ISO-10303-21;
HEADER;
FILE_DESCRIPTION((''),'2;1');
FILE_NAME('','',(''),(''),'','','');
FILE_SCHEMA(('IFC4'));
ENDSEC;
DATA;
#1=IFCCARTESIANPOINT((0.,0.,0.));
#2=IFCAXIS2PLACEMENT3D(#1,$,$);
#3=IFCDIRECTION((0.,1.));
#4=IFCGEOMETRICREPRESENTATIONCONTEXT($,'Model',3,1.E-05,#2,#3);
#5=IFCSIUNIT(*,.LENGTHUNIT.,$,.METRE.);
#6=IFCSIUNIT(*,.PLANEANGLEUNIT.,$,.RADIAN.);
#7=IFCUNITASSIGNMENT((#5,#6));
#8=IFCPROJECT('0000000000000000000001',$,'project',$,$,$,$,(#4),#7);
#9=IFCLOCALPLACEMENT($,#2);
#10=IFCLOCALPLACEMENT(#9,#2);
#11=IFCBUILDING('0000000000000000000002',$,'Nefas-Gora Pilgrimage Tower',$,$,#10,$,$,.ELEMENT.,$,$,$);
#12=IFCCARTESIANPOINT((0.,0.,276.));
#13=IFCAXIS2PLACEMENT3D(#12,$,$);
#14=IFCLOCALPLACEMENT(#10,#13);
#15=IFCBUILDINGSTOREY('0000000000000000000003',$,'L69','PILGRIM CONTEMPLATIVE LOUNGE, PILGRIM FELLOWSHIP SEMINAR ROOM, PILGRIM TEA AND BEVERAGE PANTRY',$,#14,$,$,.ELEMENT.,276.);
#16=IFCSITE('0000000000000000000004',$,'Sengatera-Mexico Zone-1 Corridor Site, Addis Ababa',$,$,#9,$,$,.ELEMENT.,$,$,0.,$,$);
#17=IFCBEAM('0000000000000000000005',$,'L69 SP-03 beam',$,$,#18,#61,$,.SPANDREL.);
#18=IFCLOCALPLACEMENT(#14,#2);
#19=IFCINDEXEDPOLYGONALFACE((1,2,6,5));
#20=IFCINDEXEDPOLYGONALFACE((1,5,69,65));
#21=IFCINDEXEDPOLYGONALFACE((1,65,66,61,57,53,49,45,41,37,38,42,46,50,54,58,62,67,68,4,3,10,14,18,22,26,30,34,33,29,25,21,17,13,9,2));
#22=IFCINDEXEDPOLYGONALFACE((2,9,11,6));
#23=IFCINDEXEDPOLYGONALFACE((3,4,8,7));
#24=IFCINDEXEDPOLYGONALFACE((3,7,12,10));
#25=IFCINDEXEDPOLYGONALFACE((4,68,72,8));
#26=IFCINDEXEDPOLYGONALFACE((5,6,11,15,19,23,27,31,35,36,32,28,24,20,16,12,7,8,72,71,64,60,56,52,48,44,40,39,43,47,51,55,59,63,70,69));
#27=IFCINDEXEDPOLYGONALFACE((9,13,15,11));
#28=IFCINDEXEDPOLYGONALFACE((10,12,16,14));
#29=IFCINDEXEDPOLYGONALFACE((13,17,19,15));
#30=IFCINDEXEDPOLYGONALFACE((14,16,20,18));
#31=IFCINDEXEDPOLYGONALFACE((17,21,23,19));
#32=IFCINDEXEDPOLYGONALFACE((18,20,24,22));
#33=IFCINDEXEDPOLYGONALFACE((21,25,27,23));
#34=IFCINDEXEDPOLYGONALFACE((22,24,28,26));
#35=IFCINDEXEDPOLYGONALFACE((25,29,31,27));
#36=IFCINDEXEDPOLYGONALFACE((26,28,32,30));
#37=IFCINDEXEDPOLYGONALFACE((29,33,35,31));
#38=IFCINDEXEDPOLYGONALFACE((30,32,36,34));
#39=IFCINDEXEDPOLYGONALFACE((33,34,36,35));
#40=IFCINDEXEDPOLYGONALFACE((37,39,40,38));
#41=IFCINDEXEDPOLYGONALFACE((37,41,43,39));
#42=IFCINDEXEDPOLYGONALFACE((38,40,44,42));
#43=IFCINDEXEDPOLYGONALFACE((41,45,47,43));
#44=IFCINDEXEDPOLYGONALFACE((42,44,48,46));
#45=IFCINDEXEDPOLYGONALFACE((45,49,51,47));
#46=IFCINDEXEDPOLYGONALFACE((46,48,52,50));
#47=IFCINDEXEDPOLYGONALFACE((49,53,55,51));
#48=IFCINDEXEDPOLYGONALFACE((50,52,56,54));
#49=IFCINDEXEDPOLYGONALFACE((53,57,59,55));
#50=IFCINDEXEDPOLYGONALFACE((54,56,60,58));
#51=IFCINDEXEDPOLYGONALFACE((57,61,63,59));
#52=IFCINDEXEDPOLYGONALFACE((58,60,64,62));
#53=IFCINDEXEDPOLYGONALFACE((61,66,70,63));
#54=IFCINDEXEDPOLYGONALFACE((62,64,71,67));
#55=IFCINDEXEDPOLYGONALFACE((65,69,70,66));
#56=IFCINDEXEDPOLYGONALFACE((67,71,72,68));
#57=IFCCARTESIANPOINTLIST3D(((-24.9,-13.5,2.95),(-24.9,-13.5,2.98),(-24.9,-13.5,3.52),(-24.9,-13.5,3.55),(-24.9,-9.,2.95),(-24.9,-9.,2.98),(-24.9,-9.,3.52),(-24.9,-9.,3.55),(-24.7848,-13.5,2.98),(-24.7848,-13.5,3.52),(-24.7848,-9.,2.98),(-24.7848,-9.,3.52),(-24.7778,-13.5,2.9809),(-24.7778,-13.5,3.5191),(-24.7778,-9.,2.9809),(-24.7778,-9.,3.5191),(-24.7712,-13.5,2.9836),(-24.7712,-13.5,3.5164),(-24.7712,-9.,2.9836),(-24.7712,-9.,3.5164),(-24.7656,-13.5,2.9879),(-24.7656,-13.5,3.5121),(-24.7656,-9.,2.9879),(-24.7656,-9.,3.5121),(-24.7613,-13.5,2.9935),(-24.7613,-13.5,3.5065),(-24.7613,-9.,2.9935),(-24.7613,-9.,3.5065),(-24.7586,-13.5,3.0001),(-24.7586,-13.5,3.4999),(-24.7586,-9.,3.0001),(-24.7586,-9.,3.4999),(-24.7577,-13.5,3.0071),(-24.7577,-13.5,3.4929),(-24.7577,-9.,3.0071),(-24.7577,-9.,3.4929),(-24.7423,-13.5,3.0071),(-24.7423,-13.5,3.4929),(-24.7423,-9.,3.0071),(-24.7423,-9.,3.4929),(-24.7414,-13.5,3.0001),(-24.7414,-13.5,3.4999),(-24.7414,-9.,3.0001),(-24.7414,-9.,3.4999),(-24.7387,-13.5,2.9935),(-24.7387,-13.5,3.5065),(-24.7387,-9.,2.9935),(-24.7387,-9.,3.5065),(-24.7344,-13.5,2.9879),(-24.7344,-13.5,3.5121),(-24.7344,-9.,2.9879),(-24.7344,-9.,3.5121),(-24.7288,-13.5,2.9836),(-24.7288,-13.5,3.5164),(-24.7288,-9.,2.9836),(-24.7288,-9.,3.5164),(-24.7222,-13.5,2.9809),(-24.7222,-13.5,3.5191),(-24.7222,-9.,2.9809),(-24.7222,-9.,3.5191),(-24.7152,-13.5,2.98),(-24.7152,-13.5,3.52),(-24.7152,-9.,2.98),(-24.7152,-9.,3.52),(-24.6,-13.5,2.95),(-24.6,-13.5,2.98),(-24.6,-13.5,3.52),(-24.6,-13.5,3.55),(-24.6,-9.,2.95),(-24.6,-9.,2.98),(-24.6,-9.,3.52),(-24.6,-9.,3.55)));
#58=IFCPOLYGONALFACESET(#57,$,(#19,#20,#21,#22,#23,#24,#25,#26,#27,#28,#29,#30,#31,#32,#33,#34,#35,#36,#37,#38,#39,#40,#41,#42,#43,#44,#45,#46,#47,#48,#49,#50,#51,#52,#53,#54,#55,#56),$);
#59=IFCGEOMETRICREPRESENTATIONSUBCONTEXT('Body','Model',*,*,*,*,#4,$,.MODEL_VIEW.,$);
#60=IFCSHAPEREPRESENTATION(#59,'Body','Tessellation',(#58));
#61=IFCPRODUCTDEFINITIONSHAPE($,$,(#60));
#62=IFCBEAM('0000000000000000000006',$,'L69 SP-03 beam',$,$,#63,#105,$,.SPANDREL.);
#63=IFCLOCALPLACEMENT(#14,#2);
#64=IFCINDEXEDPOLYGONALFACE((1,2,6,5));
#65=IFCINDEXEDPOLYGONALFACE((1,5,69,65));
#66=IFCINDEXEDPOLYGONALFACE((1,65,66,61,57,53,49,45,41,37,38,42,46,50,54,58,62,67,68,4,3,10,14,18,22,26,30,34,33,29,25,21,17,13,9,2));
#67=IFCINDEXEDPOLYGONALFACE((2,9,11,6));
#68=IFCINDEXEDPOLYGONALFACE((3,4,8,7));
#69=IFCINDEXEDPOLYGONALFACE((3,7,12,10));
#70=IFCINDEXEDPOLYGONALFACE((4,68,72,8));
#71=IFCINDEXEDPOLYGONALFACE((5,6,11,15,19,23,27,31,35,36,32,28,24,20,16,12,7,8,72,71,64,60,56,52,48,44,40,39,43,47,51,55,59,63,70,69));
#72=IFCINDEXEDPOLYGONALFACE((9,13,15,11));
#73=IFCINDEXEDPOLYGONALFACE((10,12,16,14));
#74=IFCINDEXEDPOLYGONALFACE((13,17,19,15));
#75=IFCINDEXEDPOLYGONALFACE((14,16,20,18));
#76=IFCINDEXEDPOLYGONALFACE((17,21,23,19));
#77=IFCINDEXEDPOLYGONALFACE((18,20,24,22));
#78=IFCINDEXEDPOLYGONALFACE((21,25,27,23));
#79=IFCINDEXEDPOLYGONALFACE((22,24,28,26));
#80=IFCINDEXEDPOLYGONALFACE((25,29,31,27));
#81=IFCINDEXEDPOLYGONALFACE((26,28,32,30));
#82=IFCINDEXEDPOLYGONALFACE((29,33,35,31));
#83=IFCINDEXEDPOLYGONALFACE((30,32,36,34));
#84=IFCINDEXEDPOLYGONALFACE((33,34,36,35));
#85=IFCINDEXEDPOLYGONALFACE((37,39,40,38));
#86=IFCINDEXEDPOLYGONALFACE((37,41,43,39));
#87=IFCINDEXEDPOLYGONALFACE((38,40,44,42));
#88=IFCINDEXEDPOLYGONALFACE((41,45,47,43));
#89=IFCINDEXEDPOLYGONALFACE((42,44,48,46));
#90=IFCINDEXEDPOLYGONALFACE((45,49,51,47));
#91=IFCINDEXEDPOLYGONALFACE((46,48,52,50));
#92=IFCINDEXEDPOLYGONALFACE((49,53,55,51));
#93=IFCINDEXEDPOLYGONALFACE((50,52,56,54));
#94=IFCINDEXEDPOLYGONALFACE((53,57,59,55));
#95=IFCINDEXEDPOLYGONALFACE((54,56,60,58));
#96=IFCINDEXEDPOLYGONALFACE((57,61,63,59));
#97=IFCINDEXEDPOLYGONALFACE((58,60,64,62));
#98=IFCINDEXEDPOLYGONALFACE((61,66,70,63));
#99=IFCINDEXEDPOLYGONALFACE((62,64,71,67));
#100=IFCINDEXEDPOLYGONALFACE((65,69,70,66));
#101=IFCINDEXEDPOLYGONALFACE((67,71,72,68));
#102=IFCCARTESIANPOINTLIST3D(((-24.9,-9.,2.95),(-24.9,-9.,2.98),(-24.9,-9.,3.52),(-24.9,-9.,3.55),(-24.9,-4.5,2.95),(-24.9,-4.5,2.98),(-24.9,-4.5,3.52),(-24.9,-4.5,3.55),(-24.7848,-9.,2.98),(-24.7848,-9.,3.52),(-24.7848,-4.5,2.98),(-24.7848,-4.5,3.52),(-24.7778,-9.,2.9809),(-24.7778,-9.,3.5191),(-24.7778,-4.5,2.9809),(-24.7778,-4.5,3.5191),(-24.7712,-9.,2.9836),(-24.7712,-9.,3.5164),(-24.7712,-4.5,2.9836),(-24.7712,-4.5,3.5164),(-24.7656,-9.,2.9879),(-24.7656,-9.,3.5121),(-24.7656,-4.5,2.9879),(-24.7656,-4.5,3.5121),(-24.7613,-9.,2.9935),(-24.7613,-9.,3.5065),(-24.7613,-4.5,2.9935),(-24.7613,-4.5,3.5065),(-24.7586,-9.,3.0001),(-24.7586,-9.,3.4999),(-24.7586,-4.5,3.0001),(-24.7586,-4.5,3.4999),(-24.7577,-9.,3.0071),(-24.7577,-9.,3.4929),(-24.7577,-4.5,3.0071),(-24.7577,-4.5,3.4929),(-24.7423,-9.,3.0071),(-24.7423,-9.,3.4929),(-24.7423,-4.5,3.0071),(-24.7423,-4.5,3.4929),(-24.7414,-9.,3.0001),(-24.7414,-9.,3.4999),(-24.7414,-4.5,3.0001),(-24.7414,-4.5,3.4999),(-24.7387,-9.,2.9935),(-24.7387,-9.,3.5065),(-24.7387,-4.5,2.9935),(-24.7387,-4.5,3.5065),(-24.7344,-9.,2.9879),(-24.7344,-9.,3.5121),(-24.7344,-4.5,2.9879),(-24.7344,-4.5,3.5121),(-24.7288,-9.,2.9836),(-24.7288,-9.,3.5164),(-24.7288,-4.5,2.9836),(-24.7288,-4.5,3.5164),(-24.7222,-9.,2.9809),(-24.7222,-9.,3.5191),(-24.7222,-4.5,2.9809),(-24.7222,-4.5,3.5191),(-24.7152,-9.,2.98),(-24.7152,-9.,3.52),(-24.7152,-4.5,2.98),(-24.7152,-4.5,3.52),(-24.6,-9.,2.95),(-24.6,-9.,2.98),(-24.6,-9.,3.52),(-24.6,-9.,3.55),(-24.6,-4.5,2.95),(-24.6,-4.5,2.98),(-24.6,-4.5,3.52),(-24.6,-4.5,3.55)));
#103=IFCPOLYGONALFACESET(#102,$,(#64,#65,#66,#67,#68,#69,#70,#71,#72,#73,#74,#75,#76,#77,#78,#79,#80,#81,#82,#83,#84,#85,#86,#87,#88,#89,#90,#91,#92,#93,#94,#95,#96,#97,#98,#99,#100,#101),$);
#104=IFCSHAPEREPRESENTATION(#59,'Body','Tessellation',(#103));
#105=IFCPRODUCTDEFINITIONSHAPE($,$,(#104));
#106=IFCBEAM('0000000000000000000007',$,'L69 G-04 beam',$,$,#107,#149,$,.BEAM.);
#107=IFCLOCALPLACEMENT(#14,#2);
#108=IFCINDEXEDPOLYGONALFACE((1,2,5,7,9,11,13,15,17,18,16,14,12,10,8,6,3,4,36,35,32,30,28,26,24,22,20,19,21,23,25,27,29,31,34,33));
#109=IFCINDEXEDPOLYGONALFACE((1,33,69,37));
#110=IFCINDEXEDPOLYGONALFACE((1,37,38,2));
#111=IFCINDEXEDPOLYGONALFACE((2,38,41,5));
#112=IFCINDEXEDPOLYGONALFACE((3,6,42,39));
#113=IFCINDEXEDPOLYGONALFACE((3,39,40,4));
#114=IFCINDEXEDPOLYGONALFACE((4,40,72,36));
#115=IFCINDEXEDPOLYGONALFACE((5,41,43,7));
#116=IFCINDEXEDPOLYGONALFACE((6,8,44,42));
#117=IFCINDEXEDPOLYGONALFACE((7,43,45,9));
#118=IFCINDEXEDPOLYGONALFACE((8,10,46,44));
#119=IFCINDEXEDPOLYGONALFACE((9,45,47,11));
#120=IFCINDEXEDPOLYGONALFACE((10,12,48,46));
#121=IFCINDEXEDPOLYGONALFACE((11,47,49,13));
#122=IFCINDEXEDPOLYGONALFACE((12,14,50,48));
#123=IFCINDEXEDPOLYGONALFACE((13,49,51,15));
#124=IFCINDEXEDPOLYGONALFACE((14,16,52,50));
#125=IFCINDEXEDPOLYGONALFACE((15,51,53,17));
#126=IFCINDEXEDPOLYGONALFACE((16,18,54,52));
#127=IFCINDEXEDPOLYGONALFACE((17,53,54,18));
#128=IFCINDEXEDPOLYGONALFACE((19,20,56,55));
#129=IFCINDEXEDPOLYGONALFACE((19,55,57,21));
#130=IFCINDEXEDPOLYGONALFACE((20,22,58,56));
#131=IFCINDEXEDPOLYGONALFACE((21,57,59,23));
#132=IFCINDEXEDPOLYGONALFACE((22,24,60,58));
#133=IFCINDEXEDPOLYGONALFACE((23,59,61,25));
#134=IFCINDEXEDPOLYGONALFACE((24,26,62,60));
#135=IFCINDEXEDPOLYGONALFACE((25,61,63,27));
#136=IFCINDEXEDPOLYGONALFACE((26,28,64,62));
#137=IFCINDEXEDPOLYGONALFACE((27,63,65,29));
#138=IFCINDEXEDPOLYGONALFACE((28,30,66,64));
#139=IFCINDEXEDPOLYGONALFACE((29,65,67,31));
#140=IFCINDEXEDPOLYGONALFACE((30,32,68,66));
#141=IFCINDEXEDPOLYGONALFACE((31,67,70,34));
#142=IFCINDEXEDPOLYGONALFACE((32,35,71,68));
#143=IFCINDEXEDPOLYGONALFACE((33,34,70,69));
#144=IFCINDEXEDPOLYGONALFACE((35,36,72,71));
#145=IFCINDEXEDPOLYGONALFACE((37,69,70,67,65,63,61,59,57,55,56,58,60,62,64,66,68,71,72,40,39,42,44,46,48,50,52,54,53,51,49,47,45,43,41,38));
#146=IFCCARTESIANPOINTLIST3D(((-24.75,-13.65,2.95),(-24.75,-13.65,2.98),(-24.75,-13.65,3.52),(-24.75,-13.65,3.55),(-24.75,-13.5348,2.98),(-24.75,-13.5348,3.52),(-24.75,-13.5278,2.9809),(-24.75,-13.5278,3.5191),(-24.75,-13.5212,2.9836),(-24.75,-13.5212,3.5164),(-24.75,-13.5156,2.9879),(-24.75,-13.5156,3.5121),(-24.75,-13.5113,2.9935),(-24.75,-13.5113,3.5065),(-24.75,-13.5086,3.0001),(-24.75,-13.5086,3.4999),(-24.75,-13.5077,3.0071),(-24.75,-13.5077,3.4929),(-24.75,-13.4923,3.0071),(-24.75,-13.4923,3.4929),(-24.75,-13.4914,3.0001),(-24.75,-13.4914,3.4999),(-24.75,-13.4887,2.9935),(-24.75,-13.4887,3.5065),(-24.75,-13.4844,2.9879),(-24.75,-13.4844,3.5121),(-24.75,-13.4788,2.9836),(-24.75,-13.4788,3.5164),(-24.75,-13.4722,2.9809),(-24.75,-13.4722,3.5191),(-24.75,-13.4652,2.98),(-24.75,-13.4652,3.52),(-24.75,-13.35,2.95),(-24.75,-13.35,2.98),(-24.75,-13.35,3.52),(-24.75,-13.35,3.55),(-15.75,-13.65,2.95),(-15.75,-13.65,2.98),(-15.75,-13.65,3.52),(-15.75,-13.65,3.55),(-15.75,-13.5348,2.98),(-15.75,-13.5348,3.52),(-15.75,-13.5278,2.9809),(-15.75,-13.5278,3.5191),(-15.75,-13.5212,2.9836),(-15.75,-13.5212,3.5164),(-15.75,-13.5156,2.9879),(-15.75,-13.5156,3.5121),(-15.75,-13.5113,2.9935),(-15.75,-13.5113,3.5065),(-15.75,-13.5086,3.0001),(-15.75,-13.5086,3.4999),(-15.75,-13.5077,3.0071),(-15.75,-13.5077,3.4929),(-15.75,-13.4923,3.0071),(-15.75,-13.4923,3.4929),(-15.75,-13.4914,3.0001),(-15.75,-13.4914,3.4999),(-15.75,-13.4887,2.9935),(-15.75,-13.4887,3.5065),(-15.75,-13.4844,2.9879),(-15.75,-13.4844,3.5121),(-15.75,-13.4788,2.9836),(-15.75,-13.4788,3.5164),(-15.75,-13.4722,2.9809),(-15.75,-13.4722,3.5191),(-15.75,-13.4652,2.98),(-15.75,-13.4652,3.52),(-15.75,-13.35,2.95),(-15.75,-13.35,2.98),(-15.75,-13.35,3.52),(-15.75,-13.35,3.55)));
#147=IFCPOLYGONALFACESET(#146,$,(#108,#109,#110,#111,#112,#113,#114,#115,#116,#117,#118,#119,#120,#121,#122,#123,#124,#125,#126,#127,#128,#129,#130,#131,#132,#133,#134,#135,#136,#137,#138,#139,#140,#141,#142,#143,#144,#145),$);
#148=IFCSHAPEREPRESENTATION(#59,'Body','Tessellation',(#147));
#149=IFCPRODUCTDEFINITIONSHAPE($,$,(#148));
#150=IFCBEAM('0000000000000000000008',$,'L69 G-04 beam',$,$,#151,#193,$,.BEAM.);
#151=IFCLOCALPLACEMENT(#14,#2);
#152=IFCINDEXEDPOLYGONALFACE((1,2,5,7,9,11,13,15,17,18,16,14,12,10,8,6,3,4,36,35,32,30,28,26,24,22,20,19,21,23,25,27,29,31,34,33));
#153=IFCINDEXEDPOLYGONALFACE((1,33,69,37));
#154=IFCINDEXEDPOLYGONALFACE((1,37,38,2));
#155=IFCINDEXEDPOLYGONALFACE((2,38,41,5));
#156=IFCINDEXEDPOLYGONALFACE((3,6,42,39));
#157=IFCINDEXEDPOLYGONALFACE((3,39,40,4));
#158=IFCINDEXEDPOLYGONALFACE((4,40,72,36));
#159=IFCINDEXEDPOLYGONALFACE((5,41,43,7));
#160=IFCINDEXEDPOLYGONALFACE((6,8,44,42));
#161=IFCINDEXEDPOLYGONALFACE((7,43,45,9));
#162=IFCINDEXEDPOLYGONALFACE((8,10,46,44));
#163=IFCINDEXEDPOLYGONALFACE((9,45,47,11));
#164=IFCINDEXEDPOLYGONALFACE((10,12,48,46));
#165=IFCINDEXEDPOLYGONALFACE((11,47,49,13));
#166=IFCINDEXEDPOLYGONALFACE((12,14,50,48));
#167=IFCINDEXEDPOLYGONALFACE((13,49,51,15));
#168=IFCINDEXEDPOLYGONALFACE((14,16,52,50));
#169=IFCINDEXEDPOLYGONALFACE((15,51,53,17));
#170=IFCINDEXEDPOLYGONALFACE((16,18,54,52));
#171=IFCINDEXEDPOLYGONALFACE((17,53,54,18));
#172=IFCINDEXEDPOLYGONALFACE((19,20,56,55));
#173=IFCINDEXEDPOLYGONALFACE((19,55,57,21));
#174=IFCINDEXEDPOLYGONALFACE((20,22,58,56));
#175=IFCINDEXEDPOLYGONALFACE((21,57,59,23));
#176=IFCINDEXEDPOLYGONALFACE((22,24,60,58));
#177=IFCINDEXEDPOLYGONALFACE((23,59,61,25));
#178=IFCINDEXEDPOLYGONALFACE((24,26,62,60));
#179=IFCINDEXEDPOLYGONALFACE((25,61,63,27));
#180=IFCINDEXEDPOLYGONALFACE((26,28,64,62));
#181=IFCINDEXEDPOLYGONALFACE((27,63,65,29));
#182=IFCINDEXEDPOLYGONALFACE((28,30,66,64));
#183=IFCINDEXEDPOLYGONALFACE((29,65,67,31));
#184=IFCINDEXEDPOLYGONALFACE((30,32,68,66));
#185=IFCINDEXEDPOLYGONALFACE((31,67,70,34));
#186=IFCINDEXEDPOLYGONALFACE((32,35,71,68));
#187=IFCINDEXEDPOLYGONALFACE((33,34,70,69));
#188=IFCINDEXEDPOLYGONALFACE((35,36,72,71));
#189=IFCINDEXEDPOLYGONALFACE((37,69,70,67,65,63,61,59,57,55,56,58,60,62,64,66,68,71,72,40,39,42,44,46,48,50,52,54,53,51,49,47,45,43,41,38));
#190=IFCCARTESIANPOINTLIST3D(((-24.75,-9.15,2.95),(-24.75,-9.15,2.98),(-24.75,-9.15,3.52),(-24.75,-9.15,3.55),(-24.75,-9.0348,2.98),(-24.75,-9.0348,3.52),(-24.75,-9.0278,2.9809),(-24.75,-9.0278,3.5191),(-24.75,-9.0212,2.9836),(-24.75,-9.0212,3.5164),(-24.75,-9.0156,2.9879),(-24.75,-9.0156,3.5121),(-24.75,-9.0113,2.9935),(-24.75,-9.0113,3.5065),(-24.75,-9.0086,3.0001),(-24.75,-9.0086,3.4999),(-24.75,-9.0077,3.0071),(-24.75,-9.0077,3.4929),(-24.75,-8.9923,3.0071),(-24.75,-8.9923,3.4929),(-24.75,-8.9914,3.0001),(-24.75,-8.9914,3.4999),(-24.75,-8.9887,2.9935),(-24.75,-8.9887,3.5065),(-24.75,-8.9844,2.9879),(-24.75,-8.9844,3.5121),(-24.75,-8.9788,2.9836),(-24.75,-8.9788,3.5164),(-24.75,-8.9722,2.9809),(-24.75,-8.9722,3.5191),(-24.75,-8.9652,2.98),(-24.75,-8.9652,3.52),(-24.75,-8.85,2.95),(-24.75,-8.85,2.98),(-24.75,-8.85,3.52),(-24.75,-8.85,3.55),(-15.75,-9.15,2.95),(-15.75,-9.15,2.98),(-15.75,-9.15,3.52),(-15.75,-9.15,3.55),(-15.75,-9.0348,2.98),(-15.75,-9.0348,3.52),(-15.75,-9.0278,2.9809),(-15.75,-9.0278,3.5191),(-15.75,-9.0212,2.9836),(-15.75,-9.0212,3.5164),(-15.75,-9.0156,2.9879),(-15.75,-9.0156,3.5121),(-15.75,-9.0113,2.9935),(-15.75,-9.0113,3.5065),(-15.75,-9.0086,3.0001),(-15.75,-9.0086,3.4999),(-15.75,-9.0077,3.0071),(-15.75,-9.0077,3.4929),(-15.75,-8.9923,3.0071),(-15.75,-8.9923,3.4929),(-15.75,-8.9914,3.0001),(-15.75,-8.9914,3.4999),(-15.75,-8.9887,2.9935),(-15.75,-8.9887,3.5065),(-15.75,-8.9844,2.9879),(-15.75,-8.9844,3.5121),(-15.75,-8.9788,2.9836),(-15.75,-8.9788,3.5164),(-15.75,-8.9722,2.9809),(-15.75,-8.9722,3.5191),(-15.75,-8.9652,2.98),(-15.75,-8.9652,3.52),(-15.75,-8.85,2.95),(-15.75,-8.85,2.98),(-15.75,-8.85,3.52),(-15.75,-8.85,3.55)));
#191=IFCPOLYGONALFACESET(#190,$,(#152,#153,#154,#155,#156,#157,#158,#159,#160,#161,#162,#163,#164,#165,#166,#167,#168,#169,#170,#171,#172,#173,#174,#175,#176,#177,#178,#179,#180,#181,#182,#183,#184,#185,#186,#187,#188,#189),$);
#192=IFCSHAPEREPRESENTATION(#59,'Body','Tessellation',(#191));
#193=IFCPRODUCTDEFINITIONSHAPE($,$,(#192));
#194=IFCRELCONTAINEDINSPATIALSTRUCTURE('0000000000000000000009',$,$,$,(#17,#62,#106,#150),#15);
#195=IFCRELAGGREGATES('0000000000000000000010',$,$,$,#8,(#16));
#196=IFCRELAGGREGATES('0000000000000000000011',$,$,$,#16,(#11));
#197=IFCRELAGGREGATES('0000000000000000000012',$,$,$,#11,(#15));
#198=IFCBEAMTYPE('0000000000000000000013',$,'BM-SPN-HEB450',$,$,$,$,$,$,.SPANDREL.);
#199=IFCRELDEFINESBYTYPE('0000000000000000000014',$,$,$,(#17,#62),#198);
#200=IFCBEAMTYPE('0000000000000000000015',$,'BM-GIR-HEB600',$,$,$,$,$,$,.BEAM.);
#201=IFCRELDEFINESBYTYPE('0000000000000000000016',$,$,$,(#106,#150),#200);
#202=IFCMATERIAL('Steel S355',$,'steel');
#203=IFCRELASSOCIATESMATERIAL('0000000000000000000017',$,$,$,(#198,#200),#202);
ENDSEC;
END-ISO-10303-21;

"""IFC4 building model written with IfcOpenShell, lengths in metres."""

from ifc_helpers import new_model, si_unit, direction, frame, origin, origin_2d, place, context, subcontext, project, spatial, i_section, extrude, source, transform, mapped, material, material_profile, profile_set, type_object, element, save


model = new_model("IFC4")

# Units and contexts
model_context = context("Model", 3, precision=1e-05, world=origin(), true_north=direction((0.0, 1.0)))
body_context = subcontext(model_context, "Body", "Model", "MODEL_VIEW")
ifc_project = project(units=[si_unit("LENGTHUNIT", "METRE"), si_unit("PLANEANGLEUNIT", "RADIAN")], contexts=[model_context])

# Site, building, storey
site_placement = place(None, origin())
site = spatial("IfcSite", under=ifc_project, at=site_placement, Name="Sengatera-Mexico Zone-1 Corridor Site, Addis Ababa", CompositionType="ELEMENT", RefElevation=0.0)
building_placement = place(site_placement, origin())
building = spatial("IfcBuilding", under=site, at=building_placement, Name="Nefas-Gora Pilgrimage Tower", CompositionType="ELEMENT")
storey_placement = place(building_placement, frame((0.0, 0.0, 276.0)))
storey = spatial("IfcBuildingStorey", under=building, at=storey_placement, Name="L69", Description="PILGRIM CONTEMPLATIVE LOUNGE, PILGRIM FELLOWSHIP SEMINAR ROOM, PILGRIM TEA AND BEVERAGE PANTRY", CompositionType="ELEMENT", Elevation=276.0)

# Shared definitions
ifc_material_1 = material(Name="Steel S355", Category="steel")

# Beams
ifc_material_profile_1 = material_profile(ifc_material_1, i_section(OverallWidth=0.3, OverallDepth=0.6001, WebThickness=0.0154, FlangeThickness=0.03, FilletRadius=0.0271, at=origin_2d()), Name="HEB 600")
ifc_profile_set_1 = profile_set([ifc_material_profile_1], Name="Steel S355")
beam_type_1 = type_object("IfcBeamType", Name="BM-SPN-HEB450", PredefinedType="SPANDREL", material=ifc_profile_set_1)
shared_shape_1 = source(origin(), body_context, "Body", "SweptSolid", [
    extrude(i_section(OverallWidth=0.3, OverallDepth=0.6001, WebThickness=0.0154, FlangeThickness=0.03, FilletRadius=0.0271, at=origin_2d()), origin(), (0.0, 0.0, 1.0), 4.5),
])
for number, where, z_axis, x_axis, name in (
    (1, (-24.75, -13.5, 3.25), (0.0, 1.0, 0.0), (-1.0, 0.0, 0.0), "L69 SP-03 beam"),
    (2, (-24.75, -9.0, 3.25), (0.0, 1.0, 0.0), (-1.0, 0.0, 0.0), "L69 SP-03 beam"),
):
    element("IfcBeam", number, at=place(storey_placement, frame(where, z_axis=z_axis, x_axis=x_axis)), inside=storey, type_object=beam_type_1, Name=name, PredefinedType="SPANDREL", context=body_context, shape_type="MappedRepresentation", body=[
        mapped(shared_shape_1, transform((0.0, 0.0, 0.0), x_axis=(1.0, 0.0, 0.0), y_axis=(0.0, 1.0, 0.0), z_axis=(0.0, 0.0, 1.0), scale=1.0)),
    ])
ifc_material_profile_2 = material_profile(ifc_material_1, i_section(OverallWidth=0.3, OverallDepth=0.6001, WebThickness=0.0154, FlangeThickness=0.03, FilletRadius=0.0271, at=origin_2d()), Name="HEB 600")
ifc_profile_set_2 = profile_set([ifc_material_profile_2], Name="Steel S355")
beam_type_2 = type_object("IfcBeamType", Name="BM-GIR-HEB600", PredefinedType="BEAM", material=ifc_profile_set_2)
shared_shape_2 = source(origin(), body_context, "Body", "SweptSolid", [
    extrude(i_section(OverallWidth=0.3, OverallDepth=0.6001, WebThickness=0.0154, FlangeThickness=0.03, FilletRadius=0.0271, at=origin_2d()), origin(), (0.0, 0.0, 1.0), 9.0),
])
for number, where, z_axis, x_axis, name in (
    (3, (-24.75, -13.5, 3.25), (1.0, 0.0, 0.0), (0.0, 1.0, 0.0), "L69 G-04 beam"),
    (4, (-24.75, -9.0, 3.25), (1.0, 0.0, 0.0), (0.0, 1.0, 0.0), "L69 G-04 beam"),
):
    element("IfcBeam", number, at=place(storey_placement, frame(where, z_axis=z_axis, x_axis=x_axis)), inside=storey, type_object=beam_type_2, Name=name, PredefinedType="BEAM", context=body_context, shape_type="MappedRepresentation", body=[
        mapped(shared_shape_2, transform((0.0, 0.0, 0.0), x_axis=(1.0, 0.0, 0.0), y_axis=(0.0, 1.0, 0.0), z_axis=(0.0, 0.0, 1.0), scale=1.0)),
    ])

save(model, "model.ifc")
